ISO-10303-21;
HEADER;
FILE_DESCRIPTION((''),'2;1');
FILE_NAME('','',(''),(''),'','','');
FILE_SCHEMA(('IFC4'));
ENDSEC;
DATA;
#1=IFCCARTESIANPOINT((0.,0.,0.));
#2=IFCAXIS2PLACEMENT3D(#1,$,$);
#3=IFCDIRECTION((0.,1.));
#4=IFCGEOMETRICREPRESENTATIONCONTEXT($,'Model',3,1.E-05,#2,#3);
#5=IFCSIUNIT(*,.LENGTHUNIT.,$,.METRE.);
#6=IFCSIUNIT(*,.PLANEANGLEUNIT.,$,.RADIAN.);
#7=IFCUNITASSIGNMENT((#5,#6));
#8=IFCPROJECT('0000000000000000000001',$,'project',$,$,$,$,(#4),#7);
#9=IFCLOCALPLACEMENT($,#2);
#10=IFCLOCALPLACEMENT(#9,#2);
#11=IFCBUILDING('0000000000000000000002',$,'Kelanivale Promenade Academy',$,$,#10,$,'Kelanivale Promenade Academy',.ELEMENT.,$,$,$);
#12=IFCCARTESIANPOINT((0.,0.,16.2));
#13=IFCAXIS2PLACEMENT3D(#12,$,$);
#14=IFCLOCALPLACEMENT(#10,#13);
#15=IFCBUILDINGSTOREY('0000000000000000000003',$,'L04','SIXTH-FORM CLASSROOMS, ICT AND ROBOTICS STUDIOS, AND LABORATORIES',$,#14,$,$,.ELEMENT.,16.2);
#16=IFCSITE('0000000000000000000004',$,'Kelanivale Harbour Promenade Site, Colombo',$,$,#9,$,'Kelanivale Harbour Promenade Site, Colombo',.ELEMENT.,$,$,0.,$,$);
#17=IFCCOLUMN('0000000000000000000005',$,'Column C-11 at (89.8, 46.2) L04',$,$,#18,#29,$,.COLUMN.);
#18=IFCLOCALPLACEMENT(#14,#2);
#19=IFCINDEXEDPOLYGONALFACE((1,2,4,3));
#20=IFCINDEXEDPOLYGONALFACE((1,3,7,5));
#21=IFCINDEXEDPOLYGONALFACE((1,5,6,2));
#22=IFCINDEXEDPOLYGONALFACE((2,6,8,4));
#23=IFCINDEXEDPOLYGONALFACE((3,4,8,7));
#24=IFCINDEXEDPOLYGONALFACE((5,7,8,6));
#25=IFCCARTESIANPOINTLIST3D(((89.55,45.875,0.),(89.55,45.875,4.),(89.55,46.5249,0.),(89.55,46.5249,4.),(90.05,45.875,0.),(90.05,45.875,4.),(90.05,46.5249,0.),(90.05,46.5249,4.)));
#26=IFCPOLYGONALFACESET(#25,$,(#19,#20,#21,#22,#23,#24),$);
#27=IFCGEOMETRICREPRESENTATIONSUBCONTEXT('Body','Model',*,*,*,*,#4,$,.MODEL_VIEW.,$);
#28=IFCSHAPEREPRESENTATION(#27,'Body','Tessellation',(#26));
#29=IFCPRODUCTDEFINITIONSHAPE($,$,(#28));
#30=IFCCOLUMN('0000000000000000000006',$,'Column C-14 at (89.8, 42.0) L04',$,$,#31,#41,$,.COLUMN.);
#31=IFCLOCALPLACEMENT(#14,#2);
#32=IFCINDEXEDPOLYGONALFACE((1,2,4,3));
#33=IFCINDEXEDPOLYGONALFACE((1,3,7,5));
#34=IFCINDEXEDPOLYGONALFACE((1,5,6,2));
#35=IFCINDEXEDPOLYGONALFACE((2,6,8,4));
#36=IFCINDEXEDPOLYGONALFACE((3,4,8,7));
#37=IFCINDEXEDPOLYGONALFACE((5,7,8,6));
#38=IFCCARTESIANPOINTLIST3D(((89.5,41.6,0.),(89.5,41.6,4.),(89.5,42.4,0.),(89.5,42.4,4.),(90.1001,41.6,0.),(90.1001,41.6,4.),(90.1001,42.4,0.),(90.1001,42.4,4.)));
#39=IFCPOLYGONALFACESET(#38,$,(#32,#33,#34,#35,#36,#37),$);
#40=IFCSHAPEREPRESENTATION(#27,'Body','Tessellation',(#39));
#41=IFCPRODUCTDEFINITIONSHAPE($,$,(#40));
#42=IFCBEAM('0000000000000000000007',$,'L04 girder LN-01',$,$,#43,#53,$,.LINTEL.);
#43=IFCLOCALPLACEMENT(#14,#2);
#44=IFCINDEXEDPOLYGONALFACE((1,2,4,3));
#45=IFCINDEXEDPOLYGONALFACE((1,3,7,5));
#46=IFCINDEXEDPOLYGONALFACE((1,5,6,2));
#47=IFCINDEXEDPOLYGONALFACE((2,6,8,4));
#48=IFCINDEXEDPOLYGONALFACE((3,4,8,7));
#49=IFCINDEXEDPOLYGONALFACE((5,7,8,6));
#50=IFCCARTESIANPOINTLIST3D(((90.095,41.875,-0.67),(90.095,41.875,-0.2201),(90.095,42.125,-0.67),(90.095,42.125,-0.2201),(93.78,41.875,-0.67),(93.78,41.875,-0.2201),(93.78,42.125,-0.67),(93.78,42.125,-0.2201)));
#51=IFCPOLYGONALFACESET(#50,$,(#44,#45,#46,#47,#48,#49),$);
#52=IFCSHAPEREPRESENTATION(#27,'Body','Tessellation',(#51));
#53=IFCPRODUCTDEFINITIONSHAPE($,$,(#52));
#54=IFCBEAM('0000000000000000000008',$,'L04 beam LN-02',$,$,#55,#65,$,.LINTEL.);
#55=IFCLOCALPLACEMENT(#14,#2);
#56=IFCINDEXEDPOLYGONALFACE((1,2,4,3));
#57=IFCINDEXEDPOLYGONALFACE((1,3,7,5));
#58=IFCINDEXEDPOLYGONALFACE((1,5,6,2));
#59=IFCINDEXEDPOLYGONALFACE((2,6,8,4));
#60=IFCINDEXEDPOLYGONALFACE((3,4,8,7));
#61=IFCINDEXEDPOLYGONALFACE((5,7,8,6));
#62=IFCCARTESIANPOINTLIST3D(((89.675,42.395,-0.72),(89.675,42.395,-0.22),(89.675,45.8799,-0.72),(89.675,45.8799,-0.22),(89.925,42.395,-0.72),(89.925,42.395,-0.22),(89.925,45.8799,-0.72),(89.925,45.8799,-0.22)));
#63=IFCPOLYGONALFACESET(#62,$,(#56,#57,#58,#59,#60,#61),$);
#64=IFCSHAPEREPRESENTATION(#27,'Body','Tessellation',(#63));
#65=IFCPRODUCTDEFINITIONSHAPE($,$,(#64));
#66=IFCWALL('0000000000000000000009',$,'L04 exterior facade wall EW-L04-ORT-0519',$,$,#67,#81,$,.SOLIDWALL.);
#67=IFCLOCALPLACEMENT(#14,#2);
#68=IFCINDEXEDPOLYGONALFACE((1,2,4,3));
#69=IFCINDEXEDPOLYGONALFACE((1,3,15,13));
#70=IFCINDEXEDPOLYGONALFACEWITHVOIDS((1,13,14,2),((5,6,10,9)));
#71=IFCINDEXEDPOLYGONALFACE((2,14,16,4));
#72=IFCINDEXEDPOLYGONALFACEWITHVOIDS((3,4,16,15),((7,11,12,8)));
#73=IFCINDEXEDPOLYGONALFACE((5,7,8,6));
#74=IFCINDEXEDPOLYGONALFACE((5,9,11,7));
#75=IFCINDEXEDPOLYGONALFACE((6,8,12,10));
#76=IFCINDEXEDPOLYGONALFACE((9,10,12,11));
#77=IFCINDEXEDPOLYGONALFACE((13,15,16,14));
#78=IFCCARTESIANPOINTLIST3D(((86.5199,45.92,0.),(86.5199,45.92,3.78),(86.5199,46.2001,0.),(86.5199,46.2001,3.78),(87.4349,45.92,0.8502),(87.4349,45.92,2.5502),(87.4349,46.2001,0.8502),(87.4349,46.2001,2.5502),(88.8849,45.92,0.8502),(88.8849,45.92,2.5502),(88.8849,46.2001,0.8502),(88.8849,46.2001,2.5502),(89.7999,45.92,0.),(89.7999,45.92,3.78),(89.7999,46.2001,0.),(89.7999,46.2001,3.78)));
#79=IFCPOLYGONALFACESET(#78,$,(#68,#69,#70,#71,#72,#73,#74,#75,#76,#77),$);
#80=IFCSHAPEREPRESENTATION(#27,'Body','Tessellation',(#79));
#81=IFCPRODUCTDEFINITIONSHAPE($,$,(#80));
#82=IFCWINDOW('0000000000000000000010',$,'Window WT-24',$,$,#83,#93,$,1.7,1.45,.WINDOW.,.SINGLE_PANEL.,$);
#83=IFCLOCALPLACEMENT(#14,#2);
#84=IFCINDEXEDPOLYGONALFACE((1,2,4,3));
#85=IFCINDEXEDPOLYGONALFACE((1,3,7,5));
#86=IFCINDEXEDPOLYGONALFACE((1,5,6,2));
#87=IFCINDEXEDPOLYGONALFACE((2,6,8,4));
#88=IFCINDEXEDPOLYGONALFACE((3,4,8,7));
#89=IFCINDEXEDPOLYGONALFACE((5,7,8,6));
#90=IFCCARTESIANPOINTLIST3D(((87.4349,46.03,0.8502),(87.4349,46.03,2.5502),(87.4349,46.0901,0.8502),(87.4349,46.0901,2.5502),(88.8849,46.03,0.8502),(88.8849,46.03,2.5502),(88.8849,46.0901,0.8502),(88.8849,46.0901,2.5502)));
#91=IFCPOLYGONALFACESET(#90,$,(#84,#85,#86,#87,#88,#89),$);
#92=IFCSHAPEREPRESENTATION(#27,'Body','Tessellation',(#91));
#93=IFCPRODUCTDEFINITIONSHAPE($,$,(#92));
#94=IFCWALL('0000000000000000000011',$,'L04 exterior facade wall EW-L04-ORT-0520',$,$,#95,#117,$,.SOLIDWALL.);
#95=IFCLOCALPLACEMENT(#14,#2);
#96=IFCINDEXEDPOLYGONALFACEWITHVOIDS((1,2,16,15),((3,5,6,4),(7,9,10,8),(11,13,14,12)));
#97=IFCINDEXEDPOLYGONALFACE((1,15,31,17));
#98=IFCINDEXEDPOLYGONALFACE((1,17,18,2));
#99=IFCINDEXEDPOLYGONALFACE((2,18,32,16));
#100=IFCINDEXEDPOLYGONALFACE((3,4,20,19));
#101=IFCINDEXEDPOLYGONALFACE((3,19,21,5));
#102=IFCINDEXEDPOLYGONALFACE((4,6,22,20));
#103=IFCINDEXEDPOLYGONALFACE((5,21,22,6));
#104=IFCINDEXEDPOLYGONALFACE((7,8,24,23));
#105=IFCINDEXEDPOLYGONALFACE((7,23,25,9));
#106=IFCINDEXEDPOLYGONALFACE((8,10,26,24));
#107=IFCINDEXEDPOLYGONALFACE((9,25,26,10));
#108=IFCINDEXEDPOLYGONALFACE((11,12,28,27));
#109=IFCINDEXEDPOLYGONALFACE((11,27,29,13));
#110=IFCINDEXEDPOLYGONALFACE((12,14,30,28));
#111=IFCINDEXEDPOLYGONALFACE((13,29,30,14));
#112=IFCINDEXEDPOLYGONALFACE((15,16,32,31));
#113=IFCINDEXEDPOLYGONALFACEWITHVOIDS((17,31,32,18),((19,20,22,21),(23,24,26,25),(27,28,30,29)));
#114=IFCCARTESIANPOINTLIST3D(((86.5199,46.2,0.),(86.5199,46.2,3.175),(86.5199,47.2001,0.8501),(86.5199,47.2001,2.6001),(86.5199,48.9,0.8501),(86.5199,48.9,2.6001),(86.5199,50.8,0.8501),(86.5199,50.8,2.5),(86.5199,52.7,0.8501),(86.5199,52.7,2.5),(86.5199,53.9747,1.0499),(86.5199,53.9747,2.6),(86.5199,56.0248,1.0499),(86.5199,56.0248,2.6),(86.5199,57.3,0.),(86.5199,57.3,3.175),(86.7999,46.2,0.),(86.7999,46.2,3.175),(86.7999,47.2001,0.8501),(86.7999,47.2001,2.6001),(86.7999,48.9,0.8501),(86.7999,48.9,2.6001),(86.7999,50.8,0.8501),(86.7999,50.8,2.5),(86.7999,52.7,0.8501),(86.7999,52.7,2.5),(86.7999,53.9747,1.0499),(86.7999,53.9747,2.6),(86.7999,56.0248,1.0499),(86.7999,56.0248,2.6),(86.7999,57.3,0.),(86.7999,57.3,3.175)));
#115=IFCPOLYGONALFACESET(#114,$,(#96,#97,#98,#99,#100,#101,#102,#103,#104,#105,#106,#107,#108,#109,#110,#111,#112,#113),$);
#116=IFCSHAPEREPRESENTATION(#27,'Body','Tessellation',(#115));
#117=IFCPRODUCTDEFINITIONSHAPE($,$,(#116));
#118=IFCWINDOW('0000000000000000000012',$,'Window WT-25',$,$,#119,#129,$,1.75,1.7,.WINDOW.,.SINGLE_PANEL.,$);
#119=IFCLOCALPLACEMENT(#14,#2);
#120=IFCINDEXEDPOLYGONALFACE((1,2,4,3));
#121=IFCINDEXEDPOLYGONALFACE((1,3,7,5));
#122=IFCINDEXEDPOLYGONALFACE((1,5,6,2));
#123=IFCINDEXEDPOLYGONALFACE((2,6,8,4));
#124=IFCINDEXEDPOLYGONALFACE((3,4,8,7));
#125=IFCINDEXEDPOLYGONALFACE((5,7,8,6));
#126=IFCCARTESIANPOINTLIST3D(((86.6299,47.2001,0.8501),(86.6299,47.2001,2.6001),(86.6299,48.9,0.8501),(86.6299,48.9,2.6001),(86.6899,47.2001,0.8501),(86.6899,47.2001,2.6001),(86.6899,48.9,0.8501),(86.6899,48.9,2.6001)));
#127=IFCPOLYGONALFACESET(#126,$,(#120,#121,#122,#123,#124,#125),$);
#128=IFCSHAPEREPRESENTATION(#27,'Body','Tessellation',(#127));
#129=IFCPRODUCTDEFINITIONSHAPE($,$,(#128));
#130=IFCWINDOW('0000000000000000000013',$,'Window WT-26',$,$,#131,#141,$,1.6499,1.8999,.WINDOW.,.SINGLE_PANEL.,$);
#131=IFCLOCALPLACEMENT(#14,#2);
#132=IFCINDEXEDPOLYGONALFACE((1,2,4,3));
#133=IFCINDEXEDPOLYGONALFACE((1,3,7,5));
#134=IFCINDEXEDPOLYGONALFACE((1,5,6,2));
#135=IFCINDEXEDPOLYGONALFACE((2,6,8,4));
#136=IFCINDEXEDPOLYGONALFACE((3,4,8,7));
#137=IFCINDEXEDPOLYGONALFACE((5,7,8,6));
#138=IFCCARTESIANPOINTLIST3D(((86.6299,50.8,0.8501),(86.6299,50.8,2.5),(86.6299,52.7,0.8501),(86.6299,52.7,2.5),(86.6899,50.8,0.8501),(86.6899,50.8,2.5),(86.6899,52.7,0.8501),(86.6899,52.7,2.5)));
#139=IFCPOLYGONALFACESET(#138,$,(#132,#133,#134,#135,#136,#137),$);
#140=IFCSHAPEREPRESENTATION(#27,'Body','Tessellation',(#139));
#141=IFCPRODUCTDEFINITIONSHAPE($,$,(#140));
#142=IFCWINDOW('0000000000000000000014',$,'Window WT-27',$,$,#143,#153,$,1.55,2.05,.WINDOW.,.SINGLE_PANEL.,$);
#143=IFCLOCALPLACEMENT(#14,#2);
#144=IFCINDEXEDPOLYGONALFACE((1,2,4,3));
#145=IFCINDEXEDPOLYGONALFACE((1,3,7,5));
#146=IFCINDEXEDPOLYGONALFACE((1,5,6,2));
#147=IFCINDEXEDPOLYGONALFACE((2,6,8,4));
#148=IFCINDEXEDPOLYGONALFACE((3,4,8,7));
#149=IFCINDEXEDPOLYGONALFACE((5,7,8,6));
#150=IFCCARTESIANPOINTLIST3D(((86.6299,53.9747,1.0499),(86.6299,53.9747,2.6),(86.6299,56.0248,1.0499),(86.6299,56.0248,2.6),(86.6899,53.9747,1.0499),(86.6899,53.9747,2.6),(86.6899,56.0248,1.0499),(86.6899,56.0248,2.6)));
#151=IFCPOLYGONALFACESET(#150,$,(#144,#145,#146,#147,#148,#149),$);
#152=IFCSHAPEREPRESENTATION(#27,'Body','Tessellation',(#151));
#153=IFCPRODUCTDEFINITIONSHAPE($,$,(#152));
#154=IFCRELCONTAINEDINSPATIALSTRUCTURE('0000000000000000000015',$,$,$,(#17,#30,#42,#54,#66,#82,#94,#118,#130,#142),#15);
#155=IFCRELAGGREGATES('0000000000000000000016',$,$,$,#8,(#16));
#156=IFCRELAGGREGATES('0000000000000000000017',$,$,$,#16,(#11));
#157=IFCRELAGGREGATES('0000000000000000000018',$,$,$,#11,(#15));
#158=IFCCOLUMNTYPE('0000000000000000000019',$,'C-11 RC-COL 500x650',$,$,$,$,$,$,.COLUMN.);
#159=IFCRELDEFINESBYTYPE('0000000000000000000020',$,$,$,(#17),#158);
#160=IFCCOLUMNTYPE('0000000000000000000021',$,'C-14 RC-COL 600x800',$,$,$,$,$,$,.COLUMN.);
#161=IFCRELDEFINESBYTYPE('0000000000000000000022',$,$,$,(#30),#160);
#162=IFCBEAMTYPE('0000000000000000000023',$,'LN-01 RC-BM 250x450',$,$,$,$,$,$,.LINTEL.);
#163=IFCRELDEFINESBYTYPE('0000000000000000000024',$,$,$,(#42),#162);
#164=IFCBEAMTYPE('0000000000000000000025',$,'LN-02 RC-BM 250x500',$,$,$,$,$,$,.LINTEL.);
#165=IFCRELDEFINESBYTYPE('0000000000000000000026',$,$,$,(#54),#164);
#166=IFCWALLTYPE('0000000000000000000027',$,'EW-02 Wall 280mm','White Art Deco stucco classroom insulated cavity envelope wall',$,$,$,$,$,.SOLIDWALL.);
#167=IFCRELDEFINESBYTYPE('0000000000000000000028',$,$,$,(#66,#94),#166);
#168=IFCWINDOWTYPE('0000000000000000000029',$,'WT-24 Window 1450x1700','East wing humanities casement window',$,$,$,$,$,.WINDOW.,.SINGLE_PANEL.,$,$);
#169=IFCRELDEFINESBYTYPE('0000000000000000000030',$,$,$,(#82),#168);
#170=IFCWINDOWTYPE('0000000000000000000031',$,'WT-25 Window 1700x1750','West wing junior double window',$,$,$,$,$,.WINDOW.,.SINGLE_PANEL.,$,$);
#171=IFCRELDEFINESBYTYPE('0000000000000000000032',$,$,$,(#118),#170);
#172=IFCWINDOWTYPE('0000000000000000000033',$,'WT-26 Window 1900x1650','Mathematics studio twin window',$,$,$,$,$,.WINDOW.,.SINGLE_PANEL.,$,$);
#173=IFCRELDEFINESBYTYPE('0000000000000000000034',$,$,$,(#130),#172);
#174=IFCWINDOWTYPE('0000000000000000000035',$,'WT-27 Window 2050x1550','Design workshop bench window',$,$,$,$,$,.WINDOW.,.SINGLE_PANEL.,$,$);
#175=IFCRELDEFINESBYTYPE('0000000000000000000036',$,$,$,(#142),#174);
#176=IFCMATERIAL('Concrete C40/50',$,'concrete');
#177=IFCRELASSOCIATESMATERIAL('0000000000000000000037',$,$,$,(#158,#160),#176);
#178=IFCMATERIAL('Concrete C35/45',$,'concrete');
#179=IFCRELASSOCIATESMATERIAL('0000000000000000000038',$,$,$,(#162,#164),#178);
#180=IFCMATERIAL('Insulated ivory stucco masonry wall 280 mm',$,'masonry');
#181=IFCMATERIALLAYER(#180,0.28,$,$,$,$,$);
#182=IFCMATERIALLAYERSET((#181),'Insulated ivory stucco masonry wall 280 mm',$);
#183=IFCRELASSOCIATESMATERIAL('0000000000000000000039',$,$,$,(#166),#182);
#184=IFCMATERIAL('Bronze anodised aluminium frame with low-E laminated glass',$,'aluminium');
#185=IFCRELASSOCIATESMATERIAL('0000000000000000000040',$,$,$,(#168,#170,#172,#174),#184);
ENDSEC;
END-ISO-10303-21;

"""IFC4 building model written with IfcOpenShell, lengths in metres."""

from ifc_helpers import new_model, si_unit, direction, frame, frame_2d, origin, origin_2d, place, context, subcontext, project, spatial, rectangle, extrude, material, layer, layer_set, material_profile, profile_set, type_object, element, fill, save


model = new_model("IFC4")

# Units and contexts
model_context = context("Model", 3, precision=1e-05, world=origin(), true_north=direction((0.0, 1.0)))
body_context = subcontext(model_context, "Body", "Model", "MODEL_VIEW")
ifc_project = project(units=[si_unit("LENGTHUNIT", "METRE"), si_unit("PLANEANGLEUNIT", "RADIAN")], contexts=[model_context])

# Site, building, storey
site_placement = place(None, origin())
site = spatial("IfcSite", under=ifc_project, at=site_placement, Name="Kelanivale Harbour Promenade Site, Colombo", LongName="Kelanivale Harbour Promenade Site, Colombo", CompositionType="ELEMENT", RefElevation=0.0)
building_placement = place(site_placement, origin())
building = spatial("IfcBuilding", under=site, at=building_placement, Name="Kelanivale Promenade Academy", LongName="Kelanivale Promenade Academy", CompositionType="ELEMENT")
storey_placement = place(building_placement, frame((0.0, 0.0, 16.2)))
storey = spatial("IfcBuildingStorey", under=building, at=storey_placement, Name="L04", Description="SIXTH-FORM CLASSROOMS, ICT AND ROBOTICS STUDIOS, AND LABORATORIES", CompositionType="ELEMENT", Elevation=16.2)

# Columns
ifc_material_1 = material(Name="Concrete C40/50", Category="concrete")
ifc_material_profile_1 = material_profile(ifc_material_1, rectangle(XDim=0.5, YDim=0.6499, at=origin_2d()), Name="RC-COL 500x650")
ifc_profile_set_1 = profile_set([ifc_material_profile_1], Name="Concrete C40/50")
column_type_1 = type_object("IfcColumnType", Name="C-11 RC-COL 500x650", PredefinedType="COLUMN", material=ifc_profile_set_1)
column_1_placement = place(storey_placement, frame((89.8, 46.2, 0.0), z_axis=(0.0, 0.0, 1.0), x_axis=(1.0, 0.0, 0.0)))
element("IfcColumn", 1, at=column_1_placement, inside=storey, type_object=column_type_1, Name="Column C-11 at (89.8, 46.2) L04", PredefinedType="COLUMN", context=body_context, shape_type="SweptSolid", body=[
    extrude(rectangle(XDim=0.5, YDim=0.6499, at=origin_2d()), origin(), (0.0, 0.0, 1.0), 4.0),
])
ifc_material_profile_2 = material_profile(ifc_material_1, rectangle(XDim=0.6001, YDim=0.8, at=origin_2d()), Name="RC-COL 600x800")
ifc_profile_set_2 = profile_set([ifc_material_profile_2], Name="Concrete C40/50")
column_type_2 = type_object("IfcColumnType", Name="C-14 RC-COL 600x800", PredefinedType="COLUMN", material=ifc_profile_set_2)
column_2_placement = place(storey_placement, frame((89.8, 42.0, 0.0), z_axis=(0.0, 0.0, 1.0), x_axis=(1.0, 0.0, 0.0)))
element("IfcColumn", 2, at=column_2_placement, inside=storey, type_object=column_type_2, Name="Column C-14 at (89.8, 42.0) L04", PredefinedType="COLUMN", context=body_context, shape_type="SweptSolid", body=[
    extrude(rectangle(XDim=0.6001, YDim=0.8, at=origin_2d()), origin(), (0.0, 0.0, 1.0), 4.0),
])

# Beams
ifc_material_2 = material(Name="Concrete C35/45", Category="concrete")
ifc_material_profile_3 = material_profile(ifc_material_2, rectangle(XDim=0.25, YDim=0.45, at=origin_2d()), Name="RC-BM 250x450")
ifc_profile_set_3 = profile_set([ifc_material_profile_3], Name="Concrete C35/45")
beam_type_1 = type_object("IfcBeamType", Name="LN-01 RC-BM 250x450", PredefinedType="LINTEL", material=ifc_profile_set_3)
beam_1_placement = place(storey_placement, frame((90.095, 42.0, -0.4451), z_axis=(1.0, 0.0, 0.0), x_axis=(0.0, 1.0, 0.0)))
element("IfcBeam", 3, at=beam_1_placement, inside=storey, type_object=beam_type_1, Name="L04 girder LN-01", PredefinedType="LINTEL", context=body_context, shape_type="SweptSolid", body=[
    extrude(rectangle(XDim=0.25, YDim=0.45, at=origin_2d()), origin(), (0.0, 0.0, 1.0), 3.6851),
])
ifc_material_profile_4 = material_profile(ifc_material_2, rectangle(XDim=0.25, YDim=0.5, at=origin_2d()), Name="RC-BM 250x500")
ifc_profile_set_4 = profile_set([ifc_material_profile_4], Name="Concrete C35/45")
beam_type_2 = type_object("IfcBeamType", Name="LN-02 RC-BM 250x500", PredefinedType="LINTEL", material=ifc_profile_set_4)
beam_2_placement = place(storey_placement, frame((89.8, 42.395, -0.47), z_axis=(0.0, 1.0, 0.0), x_axis=(-1.0, 0.0, 0.0)))
element("IfcBeam", 4, at=beam_2_placement, inside=storey, type_object=beam_type_2, Name="L04 beam LN-02", PredefinedType="LINTEL", context=body_context, shape_type="SweptSolid", body=[
    extrude(rectangle(XDim=0.25, YDim=0.5, at=origin_2d()), origin(), (0.0, 0.0, 1.0), 3.4849),
])

# Shared definitions
ifc_material_3 = material(Name="Insulated ivory stucco masonry wall 280 mm", Category="masonry")
ifc_layer_1 = layer(ifc_material_3, 0.28)
ifc_layer_set_1 = layer_set([ifc_layer_1], Name="Insulated ivory stucco masonry wall 280 mm")
wall_type = type_object("IfcWallType", Name="EW-02 Wall 280mm", Description="White Art Deco stucco classroom insulated cavity envelope wall", PredefinedType="SOLIDWALL", material=ifc_layer_set_1)

# Wall, opening, window
wall_1_placement = place(storey_placement, frame((89.8, 46.0601, 0.0), z_axis=(0.0, 0.0, 1.0), x_axis=(-1.0, 0.0, 0.0)))
wall_1 = element("IfcWall", 5, at=wall_1_placement, inside=storey, type_object=wall_type, Name="L04 exterior facade wall EW-L04-ORT-0519", PredefinedType="SOLIDWALL", context=body_context, shape_type="SweptSolid", body=[
    extrude(rectangle(XDim=3.28, YDim=0.28, at=frame_2d((1.6401, 0.0))), origin(), (0.0, 0.0, 1.0), 3.78),
])
opening_1_placement = place(wall_1_placement, frame((0.915, 0.0, 0.8501)))
opening_1 = element("IfcOpeningElement", 6, at=opening_1_placement, cuts=wall_1, PredefinedType="OPENING", context=body_context, shape_type="SweptSolid", body=[
    extrude(rectangle(XDim=1.45, YDim=1.7, at=frame_2d((0.7251, 0.8501))), frame((0.0, 0.1499, 0.0), z_axis=(0.0, -1.0, 0.0), x_axis=(1.0, 0.0, 0.0)), (0.0, 0.0, 1.0), 0.3),
])
ifc_material_4 = material(Name="Bronze anodised aluminium frame with low-E laminated glass", Category="aluminium")
window_type_1 = type_object("IfcWindowType", Name="WT-24 Window 1450x1700", Description="East wing humanities casement window", PartitioningType="SINGLE_PANEL", PredefinedType="WINDOW", material=ifc_material_4)
window_1_placement = place(opening_1_placement, origin())
window_1 = element("IfcWindow", 7, at=window_1_placement, inside=storey, type_object=window_type_1, Name="Window WT-24", OverallHeight=1.7, OverallWidth=1.45, PartitioningType="SINGLE_PANEL", PredefinedType="WINDOW", context=body_context, shape_type="SweptSolid", body=[
    extrude(rectangle(XDim=1.45, YDim=1.7, at=frame_2d((0.7251, 0.8501))), frame((0.0, 0.03, 0.0), z_axis=(0.0, -1.0, 0.0), x_axis=(1.0, 0.0, 0.0)), (0.0, 0.0, 1.0), 0.0601),
])
fill(opening_1, window_1)

# Wall, openings, windows
wall_2_placement = place(storey_placement, frame((86.6599, 46.2, 0.0), z_axis=(0.0, 0.0, 1.0), x_axis=(0.0, 1.0, 0.0)))
wall_2 = element("IfcWall", 8, at=wall_2_placement, inside=storey, type_object=wall_type, Name="L04 exterior facade wall EW-L04-ORT-0520", PredefinedType="SOLIDWALL", context=body_context, shape_type="SweptSolid", body=[
    extrude(rectangle(XDim=11.1001, YDim=0.28, at=frame_2d((5.55, 0.0))), origin(), (0.0, 0.0, 1.0), 3.175),
])
opening_2_placement = place(wall_2_placement, frame((1.0, 0.0, 0.8501)))
opening_2 = element("IfcOpeningElement", 9, at=opening_2_placement, cuts=wall_2, PredefinedType="OPENING", context=body_context, shape_type="SweptSolid", body=[
    extrude(rectangle(XDim=1.7, YDim=1.75, at=frame_2d((0.8501, 0.875))), frame((0.0, 0.1499, 0.0), z_axis=(0.0, -1.0, 0.0), x_axis=(1.0, 0.0, 0.0)), (0.0, 0.0, 1.0), 0.3),
])
opening_3_placement = place(wall_2_placement, frame((4.6001, 0.0, 0.8501)))
opening_3 = element("IfcOpeningElement", 10, at=opening_3_placement, cuts=wall_2, PredefinedType="OPENING", context=body_context, shape_type="SweptSolid", body=[
    extrude(rectangle(XDim=1.8999, YDim=1.6499, at=frame_2d((0.95, 0.825))), frame((0.0, 0.1499, 0.0), z_axis=(0.0, -1.0, 0.0), x_axis=(1.0, 0.0, 0.0)), (0.0, 0.0, 1.0), 0.3),
])
opening_4_placement = place(wall_2_placement, frame((7.7749, 0.0, 1.05)))
opening_4 = element("IfcOpeningElement", 11, at=opening_4_placement, cuts=wall_2, PredefinedType="OPENING", context=body_context, shape_type="SweptSolid", body=[
    extrude(rectangle(XDim=2.05, YDim=1.55, at=frame_2d((1.0249, 0.7749))), frame((0.0, 0.1499, 0.0), z_axis=(0.0, -1.0, 0.0), x_axis=(1.0, 0.0, 0.0)), (0.0, 0.0, 1.0), 0.3),
])
window_type_2 = type_object("IfcWindowType", Name="WT-25 Window 1700x1750", Description="West wing junior double window", PartitioningType="SINGLE_PANEL", PredefinedType="WINDOW", material=ifc_material_4)
window_2_placement = place(opening_2_placement, origin())
window_2 = element("IfcWindow", 12, at=window_2_placement, inside=storey, type_object=window_type_2, Name="Window WT-25", OverallHeight=1.75, OverallWidth=1.7, PartitioningType="SINGLE_PANEL", PredefinedType="WINDOW", context=body_context, shape_type="SweptSolid", body=[
    extrude(rectangle(XDim=1.7, YDim=1.75, at=frame_2d((0.8501, 0.875))), frame((0.0, 0.03, 0.0), z_axis=(0.0, -1.0, 0.0), x_axis=(1.0, 0.0, 0.0)), (0.0, 0.0, 1.0), 0.0601),
])
fill(opening_2, window_2)
window_type_3 = type_object("IfcWindowType", Name="WT-26 Window 1900x1650", Description="Mathematics studio twin window", PartitioningType="SINGLE_PANEL", PredefinedType="WINDOW", material=ifc_material_4)
window_3_placement = place(opening_3_placement, origin())
window_3 = element("IfcWindow", 13, at=window_3_placement, inside=storey, type_object=window_type_3, Name="Window WT-26", OverallHeight=1.6499, OverallWidth=1.8999, PartitioningType="SINGLE_PANEL", PredefinedType="WINDOW", context=body_context, shape_type="SweptSolid", body=[
    extrude(rectangle(XDim=1.8999, YDim=1.6499, at=frame_2d((0.95, 0.825))), frame((0.0, 0.03, 0.0), z_axis=(0.0, -1.0, 0.0), x_axis=(1.0, 0.0, 0.0)), (0.0, 0.0, 1.0), 0.0601),
])
fill(opening_3, window_3)
window_type_4 = type_object("IfcWindowType", Name="WT-27 Window 2050x1550", Description="Design workshop bench window", PartitioningType="SINGLE_PANEL", PredefinedType="WINDOW", material=ifc_material_4)
window_4_placement = place(opening_4_placement, origin())
window_4 = element("IfcWindow", 14, at=window_4_placement, inside=storey, type_object=window_type_4, Name="Window WT-27", OverallHeight=1.55, OverallWidth=2.05, PartitioningType="SINGLE_PANEL", PredefinedType="WINDOW", context=body_context, shape_type="SweptSolid", body=[
    extrude(rectangle(XDim=2.05, YDim=1.55, at=frame_2d((1.0249, 0.7749))), frame((0.0, 0.03, 0.0), z_axis=(0.0, -1.0, 0.0), x_axis=(1.0, 0.0, 0.0)), (0.0, 0.0, 1.0), 0.0601),
])
fill(opening_4, window_4)

save(model, "model.ifc")
